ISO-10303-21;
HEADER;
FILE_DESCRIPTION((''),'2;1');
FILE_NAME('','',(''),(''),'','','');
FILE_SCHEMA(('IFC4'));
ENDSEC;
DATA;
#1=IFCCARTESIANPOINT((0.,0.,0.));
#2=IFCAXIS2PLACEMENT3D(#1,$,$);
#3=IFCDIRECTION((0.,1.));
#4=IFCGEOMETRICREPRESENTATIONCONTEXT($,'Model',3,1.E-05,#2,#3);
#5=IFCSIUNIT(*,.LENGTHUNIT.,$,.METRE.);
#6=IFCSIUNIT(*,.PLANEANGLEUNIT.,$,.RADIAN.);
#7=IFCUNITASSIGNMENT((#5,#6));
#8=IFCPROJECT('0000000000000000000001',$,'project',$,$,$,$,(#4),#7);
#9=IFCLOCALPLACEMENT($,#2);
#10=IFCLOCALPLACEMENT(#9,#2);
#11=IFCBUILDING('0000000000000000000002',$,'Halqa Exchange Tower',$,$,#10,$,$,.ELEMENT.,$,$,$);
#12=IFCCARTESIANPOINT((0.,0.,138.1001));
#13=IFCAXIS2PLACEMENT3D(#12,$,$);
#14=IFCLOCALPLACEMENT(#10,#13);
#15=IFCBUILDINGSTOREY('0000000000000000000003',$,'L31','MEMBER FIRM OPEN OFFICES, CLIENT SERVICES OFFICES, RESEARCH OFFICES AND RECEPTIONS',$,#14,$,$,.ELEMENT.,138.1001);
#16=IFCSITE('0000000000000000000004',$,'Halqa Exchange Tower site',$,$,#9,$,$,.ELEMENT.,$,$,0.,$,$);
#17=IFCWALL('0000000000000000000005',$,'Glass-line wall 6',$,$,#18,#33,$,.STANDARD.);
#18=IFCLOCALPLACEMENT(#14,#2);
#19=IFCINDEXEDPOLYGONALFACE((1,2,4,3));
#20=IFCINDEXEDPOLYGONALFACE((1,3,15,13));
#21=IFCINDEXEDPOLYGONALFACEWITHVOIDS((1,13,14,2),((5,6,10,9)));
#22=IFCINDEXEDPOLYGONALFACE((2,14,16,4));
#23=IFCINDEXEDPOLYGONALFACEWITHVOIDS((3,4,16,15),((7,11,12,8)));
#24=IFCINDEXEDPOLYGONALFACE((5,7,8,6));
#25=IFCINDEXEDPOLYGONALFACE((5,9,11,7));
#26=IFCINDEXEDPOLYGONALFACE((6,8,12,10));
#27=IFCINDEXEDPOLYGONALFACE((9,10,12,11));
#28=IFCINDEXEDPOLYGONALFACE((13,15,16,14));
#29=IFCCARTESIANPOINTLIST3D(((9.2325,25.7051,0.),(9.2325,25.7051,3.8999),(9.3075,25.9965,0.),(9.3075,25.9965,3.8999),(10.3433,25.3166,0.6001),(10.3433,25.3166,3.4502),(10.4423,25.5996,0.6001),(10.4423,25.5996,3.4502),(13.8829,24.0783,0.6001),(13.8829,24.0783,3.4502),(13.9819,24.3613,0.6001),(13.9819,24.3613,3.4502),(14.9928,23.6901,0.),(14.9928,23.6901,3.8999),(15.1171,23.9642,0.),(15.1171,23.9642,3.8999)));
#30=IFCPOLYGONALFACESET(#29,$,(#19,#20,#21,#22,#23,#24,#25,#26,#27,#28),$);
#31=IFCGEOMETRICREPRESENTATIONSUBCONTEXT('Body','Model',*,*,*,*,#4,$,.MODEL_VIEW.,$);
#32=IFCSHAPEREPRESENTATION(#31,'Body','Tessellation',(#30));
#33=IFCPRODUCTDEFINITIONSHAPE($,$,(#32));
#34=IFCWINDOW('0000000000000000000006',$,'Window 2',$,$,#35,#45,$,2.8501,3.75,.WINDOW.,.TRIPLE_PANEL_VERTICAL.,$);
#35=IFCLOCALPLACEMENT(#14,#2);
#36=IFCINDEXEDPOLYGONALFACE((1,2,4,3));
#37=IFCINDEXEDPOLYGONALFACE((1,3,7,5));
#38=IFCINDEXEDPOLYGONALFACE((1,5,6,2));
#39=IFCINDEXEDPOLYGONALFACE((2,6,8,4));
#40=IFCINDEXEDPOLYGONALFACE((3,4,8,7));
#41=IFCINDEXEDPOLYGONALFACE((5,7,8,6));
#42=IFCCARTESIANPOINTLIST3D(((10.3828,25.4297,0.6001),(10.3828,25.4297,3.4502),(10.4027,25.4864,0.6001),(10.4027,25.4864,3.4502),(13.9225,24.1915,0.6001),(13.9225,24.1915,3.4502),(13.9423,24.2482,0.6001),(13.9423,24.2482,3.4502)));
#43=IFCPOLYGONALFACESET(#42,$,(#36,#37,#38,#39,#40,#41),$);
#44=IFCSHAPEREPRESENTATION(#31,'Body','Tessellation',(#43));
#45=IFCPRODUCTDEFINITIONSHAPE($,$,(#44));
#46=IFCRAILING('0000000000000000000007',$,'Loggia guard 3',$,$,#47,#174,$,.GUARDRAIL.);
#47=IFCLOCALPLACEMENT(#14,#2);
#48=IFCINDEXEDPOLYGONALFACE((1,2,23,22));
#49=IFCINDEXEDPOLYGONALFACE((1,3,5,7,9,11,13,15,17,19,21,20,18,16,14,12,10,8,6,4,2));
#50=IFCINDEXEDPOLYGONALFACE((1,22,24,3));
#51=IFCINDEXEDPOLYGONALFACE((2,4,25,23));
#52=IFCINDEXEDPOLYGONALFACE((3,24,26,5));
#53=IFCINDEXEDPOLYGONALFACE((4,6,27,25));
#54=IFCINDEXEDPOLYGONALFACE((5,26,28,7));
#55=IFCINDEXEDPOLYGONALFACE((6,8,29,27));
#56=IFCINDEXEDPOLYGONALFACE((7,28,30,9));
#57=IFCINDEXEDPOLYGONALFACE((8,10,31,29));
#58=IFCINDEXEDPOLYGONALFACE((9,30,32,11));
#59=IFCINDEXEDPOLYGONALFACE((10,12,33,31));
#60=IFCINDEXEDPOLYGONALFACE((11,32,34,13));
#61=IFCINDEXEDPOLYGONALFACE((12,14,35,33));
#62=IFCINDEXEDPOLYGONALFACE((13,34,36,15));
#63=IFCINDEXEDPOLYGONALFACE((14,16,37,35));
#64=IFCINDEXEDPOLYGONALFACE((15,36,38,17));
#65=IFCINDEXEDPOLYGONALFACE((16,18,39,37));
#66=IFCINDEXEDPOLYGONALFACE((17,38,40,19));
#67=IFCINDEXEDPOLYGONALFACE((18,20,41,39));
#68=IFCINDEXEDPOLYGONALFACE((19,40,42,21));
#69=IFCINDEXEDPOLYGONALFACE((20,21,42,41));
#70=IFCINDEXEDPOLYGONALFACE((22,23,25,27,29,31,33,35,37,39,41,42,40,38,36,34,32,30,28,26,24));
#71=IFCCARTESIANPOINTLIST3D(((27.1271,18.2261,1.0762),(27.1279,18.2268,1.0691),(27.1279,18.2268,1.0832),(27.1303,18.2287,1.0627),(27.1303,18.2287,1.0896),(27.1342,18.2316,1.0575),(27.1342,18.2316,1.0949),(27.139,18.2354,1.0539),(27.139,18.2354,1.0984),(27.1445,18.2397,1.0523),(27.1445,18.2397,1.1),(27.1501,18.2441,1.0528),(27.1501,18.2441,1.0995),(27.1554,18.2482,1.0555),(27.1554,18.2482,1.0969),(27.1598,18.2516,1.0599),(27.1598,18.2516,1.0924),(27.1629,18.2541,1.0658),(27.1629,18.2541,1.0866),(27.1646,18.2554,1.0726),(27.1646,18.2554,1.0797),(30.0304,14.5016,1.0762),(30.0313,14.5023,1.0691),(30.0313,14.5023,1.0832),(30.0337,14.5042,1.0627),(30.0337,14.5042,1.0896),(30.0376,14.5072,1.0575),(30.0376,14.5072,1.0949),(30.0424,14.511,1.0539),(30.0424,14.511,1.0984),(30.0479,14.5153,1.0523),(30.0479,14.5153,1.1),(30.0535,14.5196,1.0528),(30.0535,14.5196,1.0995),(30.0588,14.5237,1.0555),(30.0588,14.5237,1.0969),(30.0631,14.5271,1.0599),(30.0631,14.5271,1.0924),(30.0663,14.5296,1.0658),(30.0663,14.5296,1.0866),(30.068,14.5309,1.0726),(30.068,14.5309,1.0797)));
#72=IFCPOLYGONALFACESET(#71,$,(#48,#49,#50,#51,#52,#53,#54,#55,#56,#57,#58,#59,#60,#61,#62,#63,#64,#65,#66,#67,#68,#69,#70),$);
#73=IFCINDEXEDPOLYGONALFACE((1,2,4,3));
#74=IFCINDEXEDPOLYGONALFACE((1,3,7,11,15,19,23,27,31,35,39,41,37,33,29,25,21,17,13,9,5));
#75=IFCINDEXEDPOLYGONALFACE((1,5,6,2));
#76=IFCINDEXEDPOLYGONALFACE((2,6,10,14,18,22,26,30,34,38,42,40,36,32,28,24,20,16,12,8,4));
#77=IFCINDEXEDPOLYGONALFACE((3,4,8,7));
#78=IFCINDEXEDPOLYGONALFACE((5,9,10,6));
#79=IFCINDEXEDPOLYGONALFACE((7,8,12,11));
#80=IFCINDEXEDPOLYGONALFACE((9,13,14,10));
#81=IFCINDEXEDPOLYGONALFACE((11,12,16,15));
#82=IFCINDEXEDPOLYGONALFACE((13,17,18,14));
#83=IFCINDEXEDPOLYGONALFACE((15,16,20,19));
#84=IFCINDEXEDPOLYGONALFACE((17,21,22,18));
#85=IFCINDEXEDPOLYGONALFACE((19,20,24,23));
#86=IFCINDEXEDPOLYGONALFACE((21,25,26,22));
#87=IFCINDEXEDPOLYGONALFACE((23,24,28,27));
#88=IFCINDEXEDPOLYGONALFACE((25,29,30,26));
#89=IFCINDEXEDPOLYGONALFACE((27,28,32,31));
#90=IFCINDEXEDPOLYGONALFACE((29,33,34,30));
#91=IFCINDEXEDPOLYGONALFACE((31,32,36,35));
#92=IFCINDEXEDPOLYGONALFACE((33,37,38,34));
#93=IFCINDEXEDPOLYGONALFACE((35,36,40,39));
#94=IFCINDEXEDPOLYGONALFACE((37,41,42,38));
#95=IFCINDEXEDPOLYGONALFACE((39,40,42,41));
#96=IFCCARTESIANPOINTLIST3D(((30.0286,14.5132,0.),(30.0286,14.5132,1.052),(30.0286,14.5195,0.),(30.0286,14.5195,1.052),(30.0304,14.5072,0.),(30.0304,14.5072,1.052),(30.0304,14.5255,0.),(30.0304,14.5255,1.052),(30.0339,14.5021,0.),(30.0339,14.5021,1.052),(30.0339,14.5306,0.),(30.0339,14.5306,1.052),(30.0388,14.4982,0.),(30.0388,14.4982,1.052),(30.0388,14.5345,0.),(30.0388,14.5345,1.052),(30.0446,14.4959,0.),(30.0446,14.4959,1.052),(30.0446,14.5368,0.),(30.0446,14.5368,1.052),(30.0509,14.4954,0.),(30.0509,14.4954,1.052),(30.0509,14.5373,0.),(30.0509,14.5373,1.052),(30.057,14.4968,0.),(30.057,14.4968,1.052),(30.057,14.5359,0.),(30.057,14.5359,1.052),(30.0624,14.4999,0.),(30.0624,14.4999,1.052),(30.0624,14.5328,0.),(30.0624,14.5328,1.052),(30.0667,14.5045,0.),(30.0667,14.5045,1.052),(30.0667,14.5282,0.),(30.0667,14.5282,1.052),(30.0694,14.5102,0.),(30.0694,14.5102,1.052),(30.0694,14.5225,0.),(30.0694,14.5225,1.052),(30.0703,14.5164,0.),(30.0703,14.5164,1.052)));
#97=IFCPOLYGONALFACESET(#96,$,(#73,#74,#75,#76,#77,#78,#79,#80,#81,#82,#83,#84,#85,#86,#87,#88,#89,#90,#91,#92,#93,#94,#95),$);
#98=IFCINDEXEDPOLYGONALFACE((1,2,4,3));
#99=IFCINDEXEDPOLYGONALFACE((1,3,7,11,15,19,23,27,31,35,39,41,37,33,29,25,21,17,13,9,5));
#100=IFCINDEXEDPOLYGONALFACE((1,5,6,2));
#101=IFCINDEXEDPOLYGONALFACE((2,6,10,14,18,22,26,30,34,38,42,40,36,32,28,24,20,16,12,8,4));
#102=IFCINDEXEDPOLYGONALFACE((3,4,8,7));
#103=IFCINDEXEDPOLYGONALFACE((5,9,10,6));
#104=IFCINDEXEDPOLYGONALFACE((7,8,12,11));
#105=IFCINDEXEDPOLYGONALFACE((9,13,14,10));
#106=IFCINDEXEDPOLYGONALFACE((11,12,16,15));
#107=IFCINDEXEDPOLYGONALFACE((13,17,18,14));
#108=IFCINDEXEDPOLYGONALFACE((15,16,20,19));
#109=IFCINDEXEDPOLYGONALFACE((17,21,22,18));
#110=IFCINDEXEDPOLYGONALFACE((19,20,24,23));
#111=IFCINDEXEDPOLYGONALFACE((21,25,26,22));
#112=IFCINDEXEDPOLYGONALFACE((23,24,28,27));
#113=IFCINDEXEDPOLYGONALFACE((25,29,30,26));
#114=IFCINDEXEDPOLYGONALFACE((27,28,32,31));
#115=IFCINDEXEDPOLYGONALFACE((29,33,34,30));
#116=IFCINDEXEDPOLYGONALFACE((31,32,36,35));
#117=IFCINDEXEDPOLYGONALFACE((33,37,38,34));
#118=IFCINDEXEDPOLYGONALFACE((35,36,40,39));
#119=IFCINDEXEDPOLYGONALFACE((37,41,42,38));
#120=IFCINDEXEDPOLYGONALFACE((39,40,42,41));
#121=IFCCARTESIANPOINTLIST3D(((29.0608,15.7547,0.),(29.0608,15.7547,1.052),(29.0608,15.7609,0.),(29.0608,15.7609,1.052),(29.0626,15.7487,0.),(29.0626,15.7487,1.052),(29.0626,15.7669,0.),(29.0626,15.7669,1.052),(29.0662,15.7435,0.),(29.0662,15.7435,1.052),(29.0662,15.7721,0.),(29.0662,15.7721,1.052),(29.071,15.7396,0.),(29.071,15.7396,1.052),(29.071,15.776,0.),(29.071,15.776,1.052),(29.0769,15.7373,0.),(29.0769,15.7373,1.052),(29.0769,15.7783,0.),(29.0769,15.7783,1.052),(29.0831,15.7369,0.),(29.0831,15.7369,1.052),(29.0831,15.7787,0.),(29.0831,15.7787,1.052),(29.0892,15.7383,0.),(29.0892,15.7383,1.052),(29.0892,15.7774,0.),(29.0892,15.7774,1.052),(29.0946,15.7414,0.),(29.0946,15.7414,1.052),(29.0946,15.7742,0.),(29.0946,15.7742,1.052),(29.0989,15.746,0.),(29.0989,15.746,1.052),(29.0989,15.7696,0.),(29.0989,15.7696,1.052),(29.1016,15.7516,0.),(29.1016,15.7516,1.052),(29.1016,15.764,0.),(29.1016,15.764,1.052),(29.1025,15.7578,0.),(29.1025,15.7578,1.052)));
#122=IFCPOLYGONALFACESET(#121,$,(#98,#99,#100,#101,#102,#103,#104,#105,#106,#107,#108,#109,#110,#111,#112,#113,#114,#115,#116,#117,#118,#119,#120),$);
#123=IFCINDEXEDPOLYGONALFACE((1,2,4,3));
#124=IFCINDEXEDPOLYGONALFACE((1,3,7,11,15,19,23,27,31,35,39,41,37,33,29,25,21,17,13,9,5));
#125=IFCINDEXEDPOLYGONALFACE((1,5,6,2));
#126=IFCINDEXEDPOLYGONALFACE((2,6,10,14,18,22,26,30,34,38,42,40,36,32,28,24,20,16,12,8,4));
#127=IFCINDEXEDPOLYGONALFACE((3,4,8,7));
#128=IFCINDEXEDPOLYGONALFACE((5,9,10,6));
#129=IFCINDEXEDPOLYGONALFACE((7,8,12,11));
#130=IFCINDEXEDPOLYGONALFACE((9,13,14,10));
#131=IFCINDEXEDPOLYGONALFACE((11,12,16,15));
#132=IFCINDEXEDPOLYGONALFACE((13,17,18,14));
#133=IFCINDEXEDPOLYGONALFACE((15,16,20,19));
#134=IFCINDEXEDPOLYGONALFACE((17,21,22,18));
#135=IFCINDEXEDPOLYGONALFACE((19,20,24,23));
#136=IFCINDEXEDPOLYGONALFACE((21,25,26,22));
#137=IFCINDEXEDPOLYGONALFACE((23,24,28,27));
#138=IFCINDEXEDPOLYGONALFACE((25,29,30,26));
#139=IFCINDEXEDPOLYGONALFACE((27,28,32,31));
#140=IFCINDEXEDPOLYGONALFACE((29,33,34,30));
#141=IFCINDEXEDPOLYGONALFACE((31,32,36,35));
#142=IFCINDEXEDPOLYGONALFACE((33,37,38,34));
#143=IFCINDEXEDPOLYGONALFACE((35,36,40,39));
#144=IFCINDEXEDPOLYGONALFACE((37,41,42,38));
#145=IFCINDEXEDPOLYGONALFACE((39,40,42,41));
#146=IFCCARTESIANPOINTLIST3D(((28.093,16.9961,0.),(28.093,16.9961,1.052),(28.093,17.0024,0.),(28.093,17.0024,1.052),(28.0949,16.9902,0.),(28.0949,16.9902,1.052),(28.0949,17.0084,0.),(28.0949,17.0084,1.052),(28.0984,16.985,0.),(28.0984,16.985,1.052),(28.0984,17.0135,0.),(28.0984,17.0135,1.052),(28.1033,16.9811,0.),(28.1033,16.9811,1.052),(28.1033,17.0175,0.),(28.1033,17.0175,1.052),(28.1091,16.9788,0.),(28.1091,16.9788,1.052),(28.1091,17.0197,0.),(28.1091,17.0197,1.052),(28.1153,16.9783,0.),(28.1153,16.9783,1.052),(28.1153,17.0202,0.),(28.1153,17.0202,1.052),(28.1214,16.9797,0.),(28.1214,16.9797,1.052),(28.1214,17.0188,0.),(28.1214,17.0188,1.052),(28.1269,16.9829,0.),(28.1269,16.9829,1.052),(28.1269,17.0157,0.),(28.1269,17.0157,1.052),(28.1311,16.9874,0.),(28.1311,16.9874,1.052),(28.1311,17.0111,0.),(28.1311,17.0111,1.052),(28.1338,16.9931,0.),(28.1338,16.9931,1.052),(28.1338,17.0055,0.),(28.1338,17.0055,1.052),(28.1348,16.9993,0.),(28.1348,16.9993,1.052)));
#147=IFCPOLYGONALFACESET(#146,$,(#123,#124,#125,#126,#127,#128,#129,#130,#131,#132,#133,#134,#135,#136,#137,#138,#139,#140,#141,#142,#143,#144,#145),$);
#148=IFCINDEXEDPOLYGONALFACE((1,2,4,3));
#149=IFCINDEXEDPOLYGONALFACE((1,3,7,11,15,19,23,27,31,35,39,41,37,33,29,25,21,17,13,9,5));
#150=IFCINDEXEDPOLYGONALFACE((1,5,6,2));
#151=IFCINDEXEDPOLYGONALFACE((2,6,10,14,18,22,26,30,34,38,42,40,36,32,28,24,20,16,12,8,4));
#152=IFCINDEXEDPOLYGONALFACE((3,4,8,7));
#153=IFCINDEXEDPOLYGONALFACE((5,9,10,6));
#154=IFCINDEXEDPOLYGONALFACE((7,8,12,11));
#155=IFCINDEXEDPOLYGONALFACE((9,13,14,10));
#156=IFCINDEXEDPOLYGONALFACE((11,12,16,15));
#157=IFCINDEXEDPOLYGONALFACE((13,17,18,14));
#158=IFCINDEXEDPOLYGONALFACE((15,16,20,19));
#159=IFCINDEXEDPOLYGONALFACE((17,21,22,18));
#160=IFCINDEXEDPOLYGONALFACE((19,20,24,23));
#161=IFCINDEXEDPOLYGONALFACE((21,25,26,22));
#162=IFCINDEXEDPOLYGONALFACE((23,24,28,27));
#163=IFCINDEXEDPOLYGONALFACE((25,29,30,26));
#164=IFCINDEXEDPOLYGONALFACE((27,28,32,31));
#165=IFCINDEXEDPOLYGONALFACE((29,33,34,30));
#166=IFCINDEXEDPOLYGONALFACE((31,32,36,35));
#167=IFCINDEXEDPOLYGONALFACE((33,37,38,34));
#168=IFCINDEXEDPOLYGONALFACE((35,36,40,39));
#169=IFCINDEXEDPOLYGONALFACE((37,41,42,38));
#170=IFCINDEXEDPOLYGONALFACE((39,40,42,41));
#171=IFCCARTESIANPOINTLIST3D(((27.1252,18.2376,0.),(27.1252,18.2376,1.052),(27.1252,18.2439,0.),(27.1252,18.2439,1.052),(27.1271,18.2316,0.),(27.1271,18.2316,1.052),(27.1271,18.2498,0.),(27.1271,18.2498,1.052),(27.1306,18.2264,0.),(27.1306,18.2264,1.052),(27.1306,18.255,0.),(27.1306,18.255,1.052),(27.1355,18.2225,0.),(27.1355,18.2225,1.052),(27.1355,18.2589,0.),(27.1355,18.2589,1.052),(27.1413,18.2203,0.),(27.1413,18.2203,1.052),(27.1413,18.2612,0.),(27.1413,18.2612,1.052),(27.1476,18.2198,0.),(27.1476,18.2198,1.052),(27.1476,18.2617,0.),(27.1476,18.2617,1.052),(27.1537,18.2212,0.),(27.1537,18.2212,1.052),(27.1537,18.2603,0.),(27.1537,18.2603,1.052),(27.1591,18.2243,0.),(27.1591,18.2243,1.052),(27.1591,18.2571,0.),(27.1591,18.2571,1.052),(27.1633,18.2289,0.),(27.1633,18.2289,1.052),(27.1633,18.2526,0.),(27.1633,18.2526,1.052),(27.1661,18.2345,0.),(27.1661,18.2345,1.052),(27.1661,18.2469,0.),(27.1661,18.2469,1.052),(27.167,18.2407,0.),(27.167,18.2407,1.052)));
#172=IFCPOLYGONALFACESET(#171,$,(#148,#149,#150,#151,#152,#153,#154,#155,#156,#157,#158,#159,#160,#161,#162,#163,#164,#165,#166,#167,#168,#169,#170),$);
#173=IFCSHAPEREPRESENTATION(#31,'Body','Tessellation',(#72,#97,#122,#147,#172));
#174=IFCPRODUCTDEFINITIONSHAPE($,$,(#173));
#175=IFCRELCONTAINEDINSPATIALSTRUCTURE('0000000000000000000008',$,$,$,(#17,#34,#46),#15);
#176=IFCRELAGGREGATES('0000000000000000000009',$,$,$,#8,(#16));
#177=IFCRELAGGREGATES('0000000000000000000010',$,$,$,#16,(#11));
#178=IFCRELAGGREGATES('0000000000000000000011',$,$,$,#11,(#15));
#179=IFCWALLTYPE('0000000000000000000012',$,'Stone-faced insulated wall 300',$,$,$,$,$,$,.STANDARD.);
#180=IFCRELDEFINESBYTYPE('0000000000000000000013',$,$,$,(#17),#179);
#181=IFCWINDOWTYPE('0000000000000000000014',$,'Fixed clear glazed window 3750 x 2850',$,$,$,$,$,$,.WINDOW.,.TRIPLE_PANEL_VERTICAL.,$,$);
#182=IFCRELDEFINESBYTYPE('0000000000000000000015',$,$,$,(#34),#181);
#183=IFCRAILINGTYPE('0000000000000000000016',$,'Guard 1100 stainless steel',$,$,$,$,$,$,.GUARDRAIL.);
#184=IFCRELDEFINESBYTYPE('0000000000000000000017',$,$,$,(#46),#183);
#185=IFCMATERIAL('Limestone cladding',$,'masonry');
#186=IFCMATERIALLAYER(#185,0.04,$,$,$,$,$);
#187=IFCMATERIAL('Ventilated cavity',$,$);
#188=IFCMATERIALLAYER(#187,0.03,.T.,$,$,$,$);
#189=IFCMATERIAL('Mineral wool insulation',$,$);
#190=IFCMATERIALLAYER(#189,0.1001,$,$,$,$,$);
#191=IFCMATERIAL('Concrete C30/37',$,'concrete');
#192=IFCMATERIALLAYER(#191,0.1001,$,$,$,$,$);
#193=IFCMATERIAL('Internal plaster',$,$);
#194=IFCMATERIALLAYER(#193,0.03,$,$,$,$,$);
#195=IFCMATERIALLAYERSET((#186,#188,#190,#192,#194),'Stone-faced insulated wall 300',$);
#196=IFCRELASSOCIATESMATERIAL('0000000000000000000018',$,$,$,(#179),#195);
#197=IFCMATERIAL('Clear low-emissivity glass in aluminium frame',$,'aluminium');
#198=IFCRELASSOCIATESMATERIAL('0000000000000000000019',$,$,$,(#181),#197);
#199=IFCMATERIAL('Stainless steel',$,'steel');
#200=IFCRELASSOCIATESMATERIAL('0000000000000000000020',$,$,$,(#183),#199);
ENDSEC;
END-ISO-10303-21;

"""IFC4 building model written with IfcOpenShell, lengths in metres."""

from ifc_helpers import new_model, si_unit, direction, frame, frame_2d, origin, origin_2d, place, context, subcontext, project, spatial, polyline, rectangle, circle, outline, extrude, material, layer, layer_set, type_object, element, fill, save


model = new_model("IFC4")

# Units and contexts
model_context = context("Model", 3, precision=1e-05, world=origin(), true_north=direction((0.0, 1.0)))
body_context = subcontext(model_context, "Body", "Model", "MODEL_VIEW")
ifc_project = project(units=[si_unit("LENGTHUNIT", "METRE"), si_unit("PLANEANGLEUNIT", "RADIAN")], contexts=[model_context])

# Site, building, storey
site_placement = place(None, origin())
site = spatial("IfcSite", under=ifc_project, at=site_placement, Name="Halqa Exchange Tower site", CompositionType="ELEMENT", RefElevation=0.0)
building_placement = place(site_placement, origin())
building = spatial("IfcBuilding", under=site, at=building_placement, Name="Halqa Exchange Tower", CompositionType="ELEMENT")
storey_placement = place(building_placement, frame((0.0, 0.0, 138.1001)))
storey = spatial("IfcBuildingStorey", under=building, at=storey_placement, Name="L31", Description="MEMBER FIRM OPEN OFFICES, CLIENT SERVICES OFFICES, RESEARCH OFFICES AND RECEPTIONS", CompositionType="ELEMENT", Elevation=138.1001)

# Shared definitions
ifc_material_1 = material(Name="Limestone cladding", Category="masonry")
ifc_layer_1 = layer(ifc_material_1, 0.04)
ifc_material_2 = material(Name="Ventilated cavity")
ifc_layer_2 = layer(ifc_material_2, 0.03, ventilated=True)
ifc_material_3 = material(Name="Mineral wool insulation")
ifc_layer_3 = layer(ifc_material_3, 0.1001)
ifc_material_4 = material(Name="Concrete C30/37", Category="concrete")
ifc_layer_4 = layer(ifc_material_4, 0.1001)
ifc_material_5 = material(Name="Internal plaster")
ifc_layer_5 = layer(ifc_material_5, 0.03)
ifc_layer_set_1 = layer_set([ifc_layer_1, ifc_layer_2, ifc_layer_3, ifc_layer_4, ifc_layer_5], Name="Stone-faced insulated wall 300")
wall_type_1 = type_object("IfcWallType", Name="Stone-faced insulated wall 300", PredefinedType="STANDARD", material=ifc_layer_set_1)
ifc_material_6 = material(Name="Clear low-emissivity glass in aluminium frame", Category="aluminium")

# Wall, opening, window
window_type = type_object("IfcWindowType", Name="Fixed clear glazed window 3750 x 2850", PartitioningType="TRIPLE_PANEL_VERTICAL", PredefinedType="WINDOW", material=ifc_material_6)
wall_1_placement = place(storey_placement, frame((15.0549, 23.8271, 0.0), z_axis=(0.0, 0.0, 1.0), x_axis=(-0.943911, 0.3302, 0.0)))
wall_1 = element("IfcWall", 1, at=wall_1_placement, inside=storey, type_object=wall_type_1, Name="Glass-line wall 6", PredefinedType="STANDARD", context=body_context, shape_type="SweptSolid", body=[
    extrude(outline(polyline([(-0.0134, -0.1499), (6.1414, -0.1499), (6.116, 0.1499), (0.0134, 0.1499), (-0.0134, -0.1499)])), origin(), (0.0, 0.0, 1.0), 3.8999),
])
opening_1_placement = place(wall_1_placement, frame((1.1892, 0.0, 0.6001)))
opening_1 = element("IfcOpeningElement", 2, at=opening_1_placement, cuts=wall_1, PredefinedType="OPENING", context=body_context, shape_type="SweptSolid", body=[
    extrude(rectangle(XDim=3.75, YDim=2.8501, at=frame_2d((1.875, 1.425))), frame((0.0, 0.1621, 0.0), z_axis=(0.0, -1.0, 0.0), x_axis=(1.0, 0.0, 0.0)), (0.0, 0.0, 1.0), 0.324),
])
window_1_placement = place(opening_1_placement, origin())
window_1 = element("IfcWindow", 3, at=window_1_placement, inside=storey, type_object=window_type, Name="Window 2", OverallHeight=2.8501, OverallWidth=3.75, PartitioningType="TRIPLE_PANEL_VERTICAL", PredefinedType="WINDOW", context=body_context, shape_type="SweptSolid", body=[
    extrude(rectangle(XDim=3.75, YDim=2.8501, at=frame_2d((1.875, 1.425))), frame((0.0, 0.03, 0.0), z_axis=(0.0, -1.0, 0.0), x_axis=(1.0, 0.0, 0.0)), (0.0, 0.0, 1.0), 0.0601),
])
fill(opening_1, window_1)

# Railing
ifc_material_7 = material(Name="Stainless steel", Category="steel")
railing_type = type_object("IfcRailingType", Name="Guard 1100 stainless steel", PredefinedType="GUARDRAIL", material=ifc_material_7)
railing_1_placement = place(storey_placement, frame((30.0493, 14.5164, 0.0)))
element("IfcRailing", 4, at=railing_1_placement, inside=storey, type_object=railing_type, Name="Loggia guard 3", PredefinedType="GUARDRAIL", context=body_context, shape_type="SweptSolid", body=[
    extrude(circle(Radius=0.0239, at=origin_2d()), frame((0.0, 0.0, 1.0762), z_axis=(-0.61481, 0.788675, 0.0), x_axis=(-0.788675, -0.61481, 0.0)), (0.0, 0.0, 1.0), 4.7224),
    extrude(circle(Radius=0.021, at=origin_2d()), origin(), (0.0, 0.0, 1.0), 1.052),
    extrude(circle(Radius=0.021, at=origin_2d()), frame((-0.9678, 1.2415, 0.0)), (0.0, 0.0, 1.0), 1.052),
    extrude(circle(Radius=0.021, at=origin_2d()), frame((-1.9355, 2.4829, 0.0)), (0.0, 0.0, 1.0), 1.052),
    extrude(circle(Radius=0.021, at=origin_2d()), frame((-2.9033, 3.7244, 0.0)), (0.0, 0.0, 1.0), 1.052),
])

save(model, "model.ifc")
